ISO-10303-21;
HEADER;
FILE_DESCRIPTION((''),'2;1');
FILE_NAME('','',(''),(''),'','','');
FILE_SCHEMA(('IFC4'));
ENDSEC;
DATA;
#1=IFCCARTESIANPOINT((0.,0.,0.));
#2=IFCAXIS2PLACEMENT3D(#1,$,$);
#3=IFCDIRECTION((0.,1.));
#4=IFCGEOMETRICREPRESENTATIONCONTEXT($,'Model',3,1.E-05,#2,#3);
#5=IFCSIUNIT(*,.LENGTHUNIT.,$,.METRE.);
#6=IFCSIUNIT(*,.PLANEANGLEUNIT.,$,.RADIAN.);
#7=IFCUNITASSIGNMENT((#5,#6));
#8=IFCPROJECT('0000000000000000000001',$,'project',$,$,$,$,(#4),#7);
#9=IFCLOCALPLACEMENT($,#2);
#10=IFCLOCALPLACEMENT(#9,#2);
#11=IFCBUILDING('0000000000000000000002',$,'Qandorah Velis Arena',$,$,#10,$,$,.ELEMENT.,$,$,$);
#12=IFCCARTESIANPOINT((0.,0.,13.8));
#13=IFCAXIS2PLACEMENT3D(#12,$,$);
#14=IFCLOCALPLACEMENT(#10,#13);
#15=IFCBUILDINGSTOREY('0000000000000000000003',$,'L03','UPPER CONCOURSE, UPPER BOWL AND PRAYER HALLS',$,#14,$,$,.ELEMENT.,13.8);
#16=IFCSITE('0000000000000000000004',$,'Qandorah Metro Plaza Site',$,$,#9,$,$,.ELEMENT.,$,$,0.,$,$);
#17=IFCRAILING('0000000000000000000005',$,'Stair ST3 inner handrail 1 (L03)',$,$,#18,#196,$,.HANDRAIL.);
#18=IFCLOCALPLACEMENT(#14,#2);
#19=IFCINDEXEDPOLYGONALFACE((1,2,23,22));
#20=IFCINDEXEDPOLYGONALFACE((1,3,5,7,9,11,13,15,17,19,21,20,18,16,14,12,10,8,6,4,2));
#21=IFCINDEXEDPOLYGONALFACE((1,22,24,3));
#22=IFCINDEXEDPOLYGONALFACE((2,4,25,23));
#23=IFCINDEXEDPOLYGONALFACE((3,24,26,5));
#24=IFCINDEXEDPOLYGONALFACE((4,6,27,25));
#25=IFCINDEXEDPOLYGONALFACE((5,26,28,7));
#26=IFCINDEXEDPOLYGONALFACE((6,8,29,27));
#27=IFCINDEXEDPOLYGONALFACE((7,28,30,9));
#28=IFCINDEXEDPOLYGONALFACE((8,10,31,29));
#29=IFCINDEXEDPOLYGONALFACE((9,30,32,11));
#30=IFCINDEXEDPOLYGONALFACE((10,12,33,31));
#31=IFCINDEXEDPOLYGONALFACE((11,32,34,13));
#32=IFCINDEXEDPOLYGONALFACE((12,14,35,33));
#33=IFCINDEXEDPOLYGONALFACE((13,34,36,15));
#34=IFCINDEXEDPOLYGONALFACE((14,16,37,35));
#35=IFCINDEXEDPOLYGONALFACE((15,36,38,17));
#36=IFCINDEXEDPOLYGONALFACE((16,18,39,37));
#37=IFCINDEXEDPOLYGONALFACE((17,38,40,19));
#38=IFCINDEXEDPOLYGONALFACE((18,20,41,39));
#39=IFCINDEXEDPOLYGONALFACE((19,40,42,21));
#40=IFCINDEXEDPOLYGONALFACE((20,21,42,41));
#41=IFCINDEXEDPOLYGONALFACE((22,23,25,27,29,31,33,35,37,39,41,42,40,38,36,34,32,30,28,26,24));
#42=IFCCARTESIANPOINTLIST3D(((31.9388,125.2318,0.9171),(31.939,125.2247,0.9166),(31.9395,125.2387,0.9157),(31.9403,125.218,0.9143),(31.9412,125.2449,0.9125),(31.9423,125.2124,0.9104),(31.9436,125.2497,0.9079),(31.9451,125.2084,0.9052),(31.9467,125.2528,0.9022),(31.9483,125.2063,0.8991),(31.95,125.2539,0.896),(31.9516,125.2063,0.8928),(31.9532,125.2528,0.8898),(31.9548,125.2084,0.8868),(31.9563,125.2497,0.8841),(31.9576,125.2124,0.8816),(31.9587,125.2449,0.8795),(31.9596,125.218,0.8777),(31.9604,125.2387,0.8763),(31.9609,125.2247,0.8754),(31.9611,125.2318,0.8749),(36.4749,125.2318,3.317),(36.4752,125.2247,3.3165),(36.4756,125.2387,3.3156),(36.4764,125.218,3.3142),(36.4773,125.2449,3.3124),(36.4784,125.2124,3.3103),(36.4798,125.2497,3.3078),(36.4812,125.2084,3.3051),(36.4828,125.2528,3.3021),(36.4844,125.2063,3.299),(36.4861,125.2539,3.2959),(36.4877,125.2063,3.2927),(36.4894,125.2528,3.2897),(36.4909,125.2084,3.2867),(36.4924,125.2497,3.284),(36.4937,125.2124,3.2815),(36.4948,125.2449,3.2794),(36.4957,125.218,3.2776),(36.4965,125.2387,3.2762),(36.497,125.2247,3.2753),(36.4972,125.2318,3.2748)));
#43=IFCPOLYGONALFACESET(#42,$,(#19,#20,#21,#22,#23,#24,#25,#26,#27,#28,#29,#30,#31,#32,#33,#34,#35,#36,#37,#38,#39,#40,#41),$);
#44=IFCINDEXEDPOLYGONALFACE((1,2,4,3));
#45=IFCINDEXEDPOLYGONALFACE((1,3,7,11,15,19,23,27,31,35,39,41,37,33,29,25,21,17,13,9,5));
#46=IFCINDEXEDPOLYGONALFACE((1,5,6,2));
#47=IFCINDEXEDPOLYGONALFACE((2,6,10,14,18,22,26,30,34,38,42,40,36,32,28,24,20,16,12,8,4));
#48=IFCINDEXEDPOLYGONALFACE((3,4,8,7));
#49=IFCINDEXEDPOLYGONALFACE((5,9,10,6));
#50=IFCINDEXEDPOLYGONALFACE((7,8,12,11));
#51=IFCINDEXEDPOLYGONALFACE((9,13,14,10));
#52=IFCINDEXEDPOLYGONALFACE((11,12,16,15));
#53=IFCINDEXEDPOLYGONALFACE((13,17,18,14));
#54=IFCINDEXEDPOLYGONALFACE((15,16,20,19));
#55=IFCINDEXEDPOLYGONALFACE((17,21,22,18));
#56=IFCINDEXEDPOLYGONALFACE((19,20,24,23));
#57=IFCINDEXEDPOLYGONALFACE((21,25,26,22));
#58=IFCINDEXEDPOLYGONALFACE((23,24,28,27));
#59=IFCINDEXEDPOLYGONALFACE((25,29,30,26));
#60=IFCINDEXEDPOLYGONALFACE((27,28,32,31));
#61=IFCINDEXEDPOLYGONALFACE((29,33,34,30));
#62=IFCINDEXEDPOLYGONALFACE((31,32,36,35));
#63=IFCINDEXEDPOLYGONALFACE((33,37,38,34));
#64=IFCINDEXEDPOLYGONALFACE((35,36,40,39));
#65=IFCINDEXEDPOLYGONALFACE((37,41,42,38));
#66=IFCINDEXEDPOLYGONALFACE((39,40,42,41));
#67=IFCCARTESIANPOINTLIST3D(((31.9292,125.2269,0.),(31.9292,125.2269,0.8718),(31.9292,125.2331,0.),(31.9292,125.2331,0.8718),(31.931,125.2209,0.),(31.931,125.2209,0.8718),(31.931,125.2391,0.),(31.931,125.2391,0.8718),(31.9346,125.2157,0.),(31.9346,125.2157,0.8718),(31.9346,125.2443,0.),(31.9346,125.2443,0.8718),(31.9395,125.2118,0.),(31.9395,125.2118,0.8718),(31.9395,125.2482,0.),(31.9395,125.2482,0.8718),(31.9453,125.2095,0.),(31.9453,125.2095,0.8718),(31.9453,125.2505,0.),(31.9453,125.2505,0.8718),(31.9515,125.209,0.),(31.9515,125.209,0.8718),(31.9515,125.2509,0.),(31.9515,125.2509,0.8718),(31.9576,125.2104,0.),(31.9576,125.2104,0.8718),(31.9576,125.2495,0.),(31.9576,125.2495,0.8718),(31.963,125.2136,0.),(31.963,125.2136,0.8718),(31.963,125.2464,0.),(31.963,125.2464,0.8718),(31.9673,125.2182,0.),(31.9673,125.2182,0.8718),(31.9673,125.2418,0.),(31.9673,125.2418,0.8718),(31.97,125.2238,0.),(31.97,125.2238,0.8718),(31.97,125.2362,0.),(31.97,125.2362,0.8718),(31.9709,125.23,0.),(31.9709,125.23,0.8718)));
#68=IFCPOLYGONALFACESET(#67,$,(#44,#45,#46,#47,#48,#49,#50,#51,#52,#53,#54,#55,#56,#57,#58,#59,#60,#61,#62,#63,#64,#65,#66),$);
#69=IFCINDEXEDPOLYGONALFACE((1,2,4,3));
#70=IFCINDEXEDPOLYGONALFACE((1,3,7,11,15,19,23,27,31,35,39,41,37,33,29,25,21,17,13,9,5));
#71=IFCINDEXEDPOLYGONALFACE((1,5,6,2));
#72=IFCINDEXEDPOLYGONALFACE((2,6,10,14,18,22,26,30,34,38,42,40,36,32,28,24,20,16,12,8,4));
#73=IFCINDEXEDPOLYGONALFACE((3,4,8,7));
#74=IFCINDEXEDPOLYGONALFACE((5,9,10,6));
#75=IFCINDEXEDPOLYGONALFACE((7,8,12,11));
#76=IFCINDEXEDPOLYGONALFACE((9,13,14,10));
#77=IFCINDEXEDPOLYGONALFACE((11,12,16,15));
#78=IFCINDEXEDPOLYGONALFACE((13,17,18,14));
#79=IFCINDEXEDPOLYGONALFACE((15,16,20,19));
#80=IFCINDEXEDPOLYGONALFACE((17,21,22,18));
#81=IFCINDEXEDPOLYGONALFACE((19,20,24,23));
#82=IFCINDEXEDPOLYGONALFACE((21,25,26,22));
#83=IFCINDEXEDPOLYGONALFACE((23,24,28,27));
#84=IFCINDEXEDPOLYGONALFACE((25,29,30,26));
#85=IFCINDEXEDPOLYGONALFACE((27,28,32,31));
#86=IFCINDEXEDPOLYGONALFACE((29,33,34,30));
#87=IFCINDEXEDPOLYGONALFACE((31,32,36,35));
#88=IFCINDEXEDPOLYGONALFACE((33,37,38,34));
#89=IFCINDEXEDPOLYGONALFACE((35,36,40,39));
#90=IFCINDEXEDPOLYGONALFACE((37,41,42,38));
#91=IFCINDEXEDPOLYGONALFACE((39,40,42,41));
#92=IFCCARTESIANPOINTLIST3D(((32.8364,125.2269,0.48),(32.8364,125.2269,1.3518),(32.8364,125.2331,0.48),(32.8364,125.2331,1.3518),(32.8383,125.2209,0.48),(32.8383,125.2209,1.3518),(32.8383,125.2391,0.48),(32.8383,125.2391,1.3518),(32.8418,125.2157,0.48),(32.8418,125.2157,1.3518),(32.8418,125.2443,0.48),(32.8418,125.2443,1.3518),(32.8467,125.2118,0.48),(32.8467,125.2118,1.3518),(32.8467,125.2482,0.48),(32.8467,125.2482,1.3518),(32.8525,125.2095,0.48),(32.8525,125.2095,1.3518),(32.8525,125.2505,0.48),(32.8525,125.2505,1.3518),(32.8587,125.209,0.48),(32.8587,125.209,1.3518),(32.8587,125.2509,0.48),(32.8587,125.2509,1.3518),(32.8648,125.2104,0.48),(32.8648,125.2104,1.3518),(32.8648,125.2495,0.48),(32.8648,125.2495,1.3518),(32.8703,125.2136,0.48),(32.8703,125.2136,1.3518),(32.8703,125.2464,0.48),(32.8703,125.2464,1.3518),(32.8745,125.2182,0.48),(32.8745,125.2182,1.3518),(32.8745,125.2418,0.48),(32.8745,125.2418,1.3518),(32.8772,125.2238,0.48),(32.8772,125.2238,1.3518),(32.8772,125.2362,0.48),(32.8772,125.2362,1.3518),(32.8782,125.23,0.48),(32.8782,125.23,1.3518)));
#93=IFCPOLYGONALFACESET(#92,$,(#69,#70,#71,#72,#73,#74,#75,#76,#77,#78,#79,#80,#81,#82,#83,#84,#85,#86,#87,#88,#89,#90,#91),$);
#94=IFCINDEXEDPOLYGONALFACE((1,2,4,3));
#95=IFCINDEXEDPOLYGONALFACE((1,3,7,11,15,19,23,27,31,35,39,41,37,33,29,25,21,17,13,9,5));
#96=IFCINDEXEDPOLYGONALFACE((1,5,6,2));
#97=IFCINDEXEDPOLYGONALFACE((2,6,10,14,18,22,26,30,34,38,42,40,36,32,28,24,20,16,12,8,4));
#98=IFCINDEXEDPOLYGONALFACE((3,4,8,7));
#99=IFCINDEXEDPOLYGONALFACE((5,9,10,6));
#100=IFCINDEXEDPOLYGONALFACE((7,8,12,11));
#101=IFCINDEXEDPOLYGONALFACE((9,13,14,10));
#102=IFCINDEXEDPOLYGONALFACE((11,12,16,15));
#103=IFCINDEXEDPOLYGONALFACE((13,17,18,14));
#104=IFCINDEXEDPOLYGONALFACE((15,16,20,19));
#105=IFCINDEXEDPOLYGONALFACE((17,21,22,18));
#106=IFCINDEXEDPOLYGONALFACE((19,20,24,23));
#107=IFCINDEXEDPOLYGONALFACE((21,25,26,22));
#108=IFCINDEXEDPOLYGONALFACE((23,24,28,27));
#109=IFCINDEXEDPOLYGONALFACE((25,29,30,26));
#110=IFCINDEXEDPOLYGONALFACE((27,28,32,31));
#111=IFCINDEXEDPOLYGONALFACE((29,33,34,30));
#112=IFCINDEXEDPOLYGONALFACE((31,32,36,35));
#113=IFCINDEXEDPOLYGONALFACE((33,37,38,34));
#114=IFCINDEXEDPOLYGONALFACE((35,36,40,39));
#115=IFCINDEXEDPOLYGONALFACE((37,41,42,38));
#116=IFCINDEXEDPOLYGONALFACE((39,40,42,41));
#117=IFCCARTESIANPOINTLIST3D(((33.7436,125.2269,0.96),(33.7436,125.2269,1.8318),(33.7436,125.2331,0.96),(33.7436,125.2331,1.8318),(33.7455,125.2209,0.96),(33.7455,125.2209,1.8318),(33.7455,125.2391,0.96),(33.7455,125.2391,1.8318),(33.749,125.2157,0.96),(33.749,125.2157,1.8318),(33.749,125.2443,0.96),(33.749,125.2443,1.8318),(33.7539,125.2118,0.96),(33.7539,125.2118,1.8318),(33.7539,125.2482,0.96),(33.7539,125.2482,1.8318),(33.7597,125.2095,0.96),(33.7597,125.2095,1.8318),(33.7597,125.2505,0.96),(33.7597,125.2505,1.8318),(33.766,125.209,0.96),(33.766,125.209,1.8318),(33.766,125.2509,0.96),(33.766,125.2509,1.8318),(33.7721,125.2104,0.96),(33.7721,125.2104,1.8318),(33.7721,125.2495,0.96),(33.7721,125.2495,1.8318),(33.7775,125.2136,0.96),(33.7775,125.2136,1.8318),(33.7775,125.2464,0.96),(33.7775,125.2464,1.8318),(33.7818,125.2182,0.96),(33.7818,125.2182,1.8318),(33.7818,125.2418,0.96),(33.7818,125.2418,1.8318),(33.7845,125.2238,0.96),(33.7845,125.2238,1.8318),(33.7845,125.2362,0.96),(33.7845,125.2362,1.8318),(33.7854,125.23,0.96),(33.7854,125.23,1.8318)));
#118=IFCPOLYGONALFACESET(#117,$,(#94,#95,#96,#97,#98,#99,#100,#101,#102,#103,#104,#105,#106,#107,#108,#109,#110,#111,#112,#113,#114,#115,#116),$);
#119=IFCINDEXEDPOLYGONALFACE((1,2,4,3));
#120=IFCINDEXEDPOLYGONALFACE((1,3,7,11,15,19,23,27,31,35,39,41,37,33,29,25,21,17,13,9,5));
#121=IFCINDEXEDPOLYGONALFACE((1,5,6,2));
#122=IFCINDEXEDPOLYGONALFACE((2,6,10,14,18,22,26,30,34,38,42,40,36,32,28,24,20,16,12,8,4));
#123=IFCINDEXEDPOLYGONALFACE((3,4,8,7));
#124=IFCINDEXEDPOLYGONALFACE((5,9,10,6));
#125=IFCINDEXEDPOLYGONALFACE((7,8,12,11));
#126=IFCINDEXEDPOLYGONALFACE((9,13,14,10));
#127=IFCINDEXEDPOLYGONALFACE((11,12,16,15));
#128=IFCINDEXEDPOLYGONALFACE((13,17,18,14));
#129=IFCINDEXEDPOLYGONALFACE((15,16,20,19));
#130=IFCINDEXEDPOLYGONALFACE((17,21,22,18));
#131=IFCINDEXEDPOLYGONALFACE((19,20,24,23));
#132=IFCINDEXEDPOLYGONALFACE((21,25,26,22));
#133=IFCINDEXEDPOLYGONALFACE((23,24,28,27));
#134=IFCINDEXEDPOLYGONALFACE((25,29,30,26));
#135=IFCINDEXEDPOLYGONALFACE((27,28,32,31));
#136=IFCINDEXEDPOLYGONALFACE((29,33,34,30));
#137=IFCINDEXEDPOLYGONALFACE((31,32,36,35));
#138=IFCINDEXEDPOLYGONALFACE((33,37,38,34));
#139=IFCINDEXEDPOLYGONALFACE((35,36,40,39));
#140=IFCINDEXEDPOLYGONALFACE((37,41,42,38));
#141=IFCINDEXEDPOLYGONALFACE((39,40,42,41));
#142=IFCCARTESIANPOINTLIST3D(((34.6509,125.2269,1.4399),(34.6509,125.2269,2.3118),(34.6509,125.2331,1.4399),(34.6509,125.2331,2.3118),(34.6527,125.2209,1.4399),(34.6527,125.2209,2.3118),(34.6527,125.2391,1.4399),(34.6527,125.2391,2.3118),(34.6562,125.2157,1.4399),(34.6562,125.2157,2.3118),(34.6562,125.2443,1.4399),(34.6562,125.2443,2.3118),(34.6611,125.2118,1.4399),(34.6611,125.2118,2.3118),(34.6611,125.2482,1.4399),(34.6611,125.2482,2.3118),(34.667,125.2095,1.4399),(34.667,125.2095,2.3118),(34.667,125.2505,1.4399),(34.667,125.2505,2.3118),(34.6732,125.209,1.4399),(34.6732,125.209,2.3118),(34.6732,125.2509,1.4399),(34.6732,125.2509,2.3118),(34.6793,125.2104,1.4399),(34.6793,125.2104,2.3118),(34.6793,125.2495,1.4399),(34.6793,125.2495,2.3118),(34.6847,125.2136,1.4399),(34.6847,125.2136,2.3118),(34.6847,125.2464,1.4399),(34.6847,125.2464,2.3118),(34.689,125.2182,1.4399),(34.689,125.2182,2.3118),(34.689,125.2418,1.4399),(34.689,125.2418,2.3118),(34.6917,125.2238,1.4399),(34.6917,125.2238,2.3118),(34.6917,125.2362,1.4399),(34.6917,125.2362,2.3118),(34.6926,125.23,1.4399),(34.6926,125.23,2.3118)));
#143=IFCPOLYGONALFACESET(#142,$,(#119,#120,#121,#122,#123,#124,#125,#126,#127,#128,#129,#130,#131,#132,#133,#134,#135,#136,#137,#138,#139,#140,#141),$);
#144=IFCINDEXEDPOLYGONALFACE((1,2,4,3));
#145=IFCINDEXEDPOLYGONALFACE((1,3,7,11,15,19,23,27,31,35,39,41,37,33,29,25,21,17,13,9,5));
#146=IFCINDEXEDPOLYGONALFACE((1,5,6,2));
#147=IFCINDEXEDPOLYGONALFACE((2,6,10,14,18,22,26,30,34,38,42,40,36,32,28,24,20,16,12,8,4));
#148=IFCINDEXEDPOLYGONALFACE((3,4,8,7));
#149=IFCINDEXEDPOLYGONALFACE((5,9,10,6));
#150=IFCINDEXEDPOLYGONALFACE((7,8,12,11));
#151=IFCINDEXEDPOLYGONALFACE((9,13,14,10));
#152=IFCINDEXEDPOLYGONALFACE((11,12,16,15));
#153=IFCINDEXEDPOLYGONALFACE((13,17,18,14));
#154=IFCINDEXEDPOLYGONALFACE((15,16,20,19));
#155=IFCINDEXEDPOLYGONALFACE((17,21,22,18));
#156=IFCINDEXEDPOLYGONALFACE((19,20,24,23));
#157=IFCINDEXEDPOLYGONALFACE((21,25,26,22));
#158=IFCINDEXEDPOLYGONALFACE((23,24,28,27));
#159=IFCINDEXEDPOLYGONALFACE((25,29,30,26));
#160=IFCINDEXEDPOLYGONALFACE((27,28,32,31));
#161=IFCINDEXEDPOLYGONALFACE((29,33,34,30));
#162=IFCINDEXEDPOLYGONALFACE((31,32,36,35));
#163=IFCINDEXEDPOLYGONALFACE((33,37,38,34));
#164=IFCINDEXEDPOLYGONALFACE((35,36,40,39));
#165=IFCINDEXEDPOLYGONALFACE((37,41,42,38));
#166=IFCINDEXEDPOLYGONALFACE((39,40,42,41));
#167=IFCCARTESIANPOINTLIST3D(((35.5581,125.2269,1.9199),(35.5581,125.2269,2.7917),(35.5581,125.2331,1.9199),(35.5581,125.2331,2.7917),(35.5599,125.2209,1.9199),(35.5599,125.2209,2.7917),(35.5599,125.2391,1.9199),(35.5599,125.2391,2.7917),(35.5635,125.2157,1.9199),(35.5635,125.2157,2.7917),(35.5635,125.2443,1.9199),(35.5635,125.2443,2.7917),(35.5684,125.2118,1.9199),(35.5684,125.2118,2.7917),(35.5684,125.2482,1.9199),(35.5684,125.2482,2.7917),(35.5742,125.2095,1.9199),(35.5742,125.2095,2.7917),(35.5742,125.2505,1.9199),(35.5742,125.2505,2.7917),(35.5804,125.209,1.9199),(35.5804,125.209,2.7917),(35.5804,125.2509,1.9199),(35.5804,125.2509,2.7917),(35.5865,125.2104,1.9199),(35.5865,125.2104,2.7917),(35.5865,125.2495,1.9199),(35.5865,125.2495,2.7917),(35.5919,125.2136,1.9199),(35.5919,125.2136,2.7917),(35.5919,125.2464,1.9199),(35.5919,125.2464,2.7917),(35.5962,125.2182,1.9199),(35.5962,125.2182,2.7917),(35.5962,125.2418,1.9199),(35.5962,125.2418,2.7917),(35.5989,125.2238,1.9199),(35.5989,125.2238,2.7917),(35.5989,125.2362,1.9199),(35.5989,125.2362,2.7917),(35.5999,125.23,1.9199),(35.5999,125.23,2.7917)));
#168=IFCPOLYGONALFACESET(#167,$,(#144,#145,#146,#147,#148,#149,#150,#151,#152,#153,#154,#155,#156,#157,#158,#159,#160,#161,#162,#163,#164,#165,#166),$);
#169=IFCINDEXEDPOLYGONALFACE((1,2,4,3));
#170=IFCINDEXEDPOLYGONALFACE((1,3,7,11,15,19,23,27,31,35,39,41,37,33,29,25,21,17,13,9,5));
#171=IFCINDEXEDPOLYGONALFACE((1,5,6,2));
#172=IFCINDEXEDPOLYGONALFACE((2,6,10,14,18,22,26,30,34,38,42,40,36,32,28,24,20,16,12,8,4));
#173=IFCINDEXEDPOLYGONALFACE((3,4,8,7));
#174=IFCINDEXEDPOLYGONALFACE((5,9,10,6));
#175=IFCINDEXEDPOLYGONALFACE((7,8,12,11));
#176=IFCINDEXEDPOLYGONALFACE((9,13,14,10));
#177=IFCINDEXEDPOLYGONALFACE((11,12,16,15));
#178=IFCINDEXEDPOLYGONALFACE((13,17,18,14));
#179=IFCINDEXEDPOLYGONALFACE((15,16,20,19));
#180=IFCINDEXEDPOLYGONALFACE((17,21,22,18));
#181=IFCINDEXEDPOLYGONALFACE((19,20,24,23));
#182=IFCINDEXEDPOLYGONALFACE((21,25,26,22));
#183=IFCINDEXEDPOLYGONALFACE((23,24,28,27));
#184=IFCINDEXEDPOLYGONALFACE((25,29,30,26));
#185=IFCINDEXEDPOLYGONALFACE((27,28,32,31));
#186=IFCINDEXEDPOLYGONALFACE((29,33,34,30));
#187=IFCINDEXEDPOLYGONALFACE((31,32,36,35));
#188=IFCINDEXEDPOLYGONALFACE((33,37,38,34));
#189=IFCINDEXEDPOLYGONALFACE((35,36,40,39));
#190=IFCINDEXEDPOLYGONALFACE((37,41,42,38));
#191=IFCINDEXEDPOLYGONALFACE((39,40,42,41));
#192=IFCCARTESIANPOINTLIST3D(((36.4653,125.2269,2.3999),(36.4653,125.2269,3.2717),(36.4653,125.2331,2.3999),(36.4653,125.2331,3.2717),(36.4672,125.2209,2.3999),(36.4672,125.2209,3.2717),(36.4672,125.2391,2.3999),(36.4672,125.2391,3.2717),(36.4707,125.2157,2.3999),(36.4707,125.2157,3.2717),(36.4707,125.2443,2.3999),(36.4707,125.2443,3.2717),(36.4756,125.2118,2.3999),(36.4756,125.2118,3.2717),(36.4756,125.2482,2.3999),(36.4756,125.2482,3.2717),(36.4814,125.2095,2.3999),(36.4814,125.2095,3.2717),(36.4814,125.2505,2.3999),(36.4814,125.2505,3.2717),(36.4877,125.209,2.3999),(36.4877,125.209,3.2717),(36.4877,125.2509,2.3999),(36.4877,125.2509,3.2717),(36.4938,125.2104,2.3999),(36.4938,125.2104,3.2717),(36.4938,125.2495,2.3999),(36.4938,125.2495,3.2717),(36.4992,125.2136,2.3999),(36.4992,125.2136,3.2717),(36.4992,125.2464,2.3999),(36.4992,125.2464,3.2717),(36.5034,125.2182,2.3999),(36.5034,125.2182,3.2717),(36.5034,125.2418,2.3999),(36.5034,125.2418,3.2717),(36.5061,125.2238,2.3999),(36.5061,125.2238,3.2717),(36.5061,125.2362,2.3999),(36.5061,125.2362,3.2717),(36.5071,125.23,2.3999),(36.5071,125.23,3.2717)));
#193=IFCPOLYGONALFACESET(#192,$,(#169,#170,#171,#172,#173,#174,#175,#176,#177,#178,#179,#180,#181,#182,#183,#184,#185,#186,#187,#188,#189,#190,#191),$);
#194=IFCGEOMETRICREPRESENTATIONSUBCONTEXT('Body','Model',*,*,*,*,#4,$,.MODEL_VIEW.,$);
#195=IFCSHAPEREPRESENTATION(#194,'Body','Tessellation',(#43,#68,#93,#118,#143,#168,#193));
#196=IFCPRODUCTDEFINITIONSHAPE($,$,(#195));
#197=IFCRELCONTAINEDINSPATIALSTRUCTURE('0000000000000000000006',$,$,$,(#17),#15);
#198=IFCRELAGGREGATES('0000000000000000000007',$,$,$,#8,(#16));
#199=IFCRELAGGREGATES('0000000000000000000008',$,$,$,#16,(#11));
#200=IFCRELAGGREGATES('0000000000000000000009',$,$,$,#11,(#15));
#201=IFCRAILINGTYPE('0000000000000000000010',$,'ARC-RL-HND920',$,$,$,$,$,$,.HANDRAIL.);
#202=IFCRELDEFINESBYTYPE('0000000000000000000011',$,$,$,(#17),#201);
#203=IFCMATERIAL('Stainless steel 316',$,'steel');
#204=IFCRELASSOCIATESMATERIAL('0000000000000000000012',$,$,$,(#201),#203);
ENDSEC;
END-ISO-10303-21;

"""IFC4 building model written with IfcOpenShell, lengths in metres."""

from ifc_helpers import new_model, si_unit, direction, frame, origin, origin_2d, place, context, subcontext, project, spatial, circle, extrude, material, type_object, element, save


model = new_model("IFC4")

# Units and contexts
model_context = context("Model", 3, precision=1e-05, world=origin(), true_north=direction((0.0, 1.0)))
body_context = subcontext(model_context, "Body", "Model", "MODEL_VIEW")
ifc_project = project(units=[si_unit("LENGTHUNIT", "METRE"), si_unit("PLANEANGLEUNIT", "RADIAN")], contexts=[model_context])

# Site, building, storey
site_placement = place(None, origin())
site = spatial("IfcSite", under=ifc_project, at=site_placement, Name="Qandorah Metro Plaza Site", CompositionType="ELEMENT", RefElevation=0.0)
building_placement = place(site_placement, origin())
building = spatial("IfcBuilding", under=site, at=building_placement, Name="Qandorah Velis Arena", CompositionType="ELEMENT")
storey_placement = place(building_placement, frame((0.0, 0.0, 13.8)))
storey = spatial("IfcBuildingStorey", under=building, at=storey_placement, Name="L03", Description="UPPER CONCOURSE, UPPER BOWL AND PRAYER HALLS", CompositionType="ELEMENT", Elevation=13.8)

# Railing
ifc_material_1 = material(Name="Stainless steel 316", Category="steel")
railing_type_1 = type_object("IfcRailingType", Name="ARC-RL-HND920", PredefinedType="HANDRAIL", material=ifc_material_1)
railing_1_placement = place(storey_placement, frame((31.95, 125.23, 0.0)))
element("IfcRailing", 1, at=railing_1_placement, inside=storey, type_object=railing_type_1, Name="Stair ST3 inner handrail 1 (L03)", PredefinedType="HANDRAIL", context=body_context, shape_type="SweptSolid", body=[
    extrude(circle(Radius=0.0239, at=origin_2d()), frame((0.0, 0.0, 0.896), z_axis=(0.883915, 0.0, 0.467647), x_axis=(0.0, 1.0, 0.0)), (0.0, 0.0, 1.0), 5.1318),
    extrude(circle(Radius=0.021, at=origin_2d()), origin(), (0.0, 0.0, 1.0), 0.8718),
    extrude(circle(Radius=0.021, at=origin_2d()), frame((0.9072, 0.0, 0.48)), (0.0, 0.0, 1.0), 0.8718),
    extrude(circle(Radius=0.021, at=origin_2d()), frame((1.8145, 0.0, 0.96)), (0.0, 0.0, 1.0), 0.8718),
    extrude(circle(Radius=0.021, at=origin_2d()), frame((2.7217, 0.0, 1.4399)), (0.0, 0.0, 1.0), 0.8718),
    extrude(circle(Radius=0.021, at=origin_2d()), frame((3.6289, 0.0, 1.9199)), (0.0, 0.0, 1.0), 0.8718),
    extrude(circle(Radius=0.021, at=origin_2d()), frame((4.5361, 0.0, 2.3999)), (0.0, 0.0, 1.0), 0.8718),
])

save(model, "model.ifc")
